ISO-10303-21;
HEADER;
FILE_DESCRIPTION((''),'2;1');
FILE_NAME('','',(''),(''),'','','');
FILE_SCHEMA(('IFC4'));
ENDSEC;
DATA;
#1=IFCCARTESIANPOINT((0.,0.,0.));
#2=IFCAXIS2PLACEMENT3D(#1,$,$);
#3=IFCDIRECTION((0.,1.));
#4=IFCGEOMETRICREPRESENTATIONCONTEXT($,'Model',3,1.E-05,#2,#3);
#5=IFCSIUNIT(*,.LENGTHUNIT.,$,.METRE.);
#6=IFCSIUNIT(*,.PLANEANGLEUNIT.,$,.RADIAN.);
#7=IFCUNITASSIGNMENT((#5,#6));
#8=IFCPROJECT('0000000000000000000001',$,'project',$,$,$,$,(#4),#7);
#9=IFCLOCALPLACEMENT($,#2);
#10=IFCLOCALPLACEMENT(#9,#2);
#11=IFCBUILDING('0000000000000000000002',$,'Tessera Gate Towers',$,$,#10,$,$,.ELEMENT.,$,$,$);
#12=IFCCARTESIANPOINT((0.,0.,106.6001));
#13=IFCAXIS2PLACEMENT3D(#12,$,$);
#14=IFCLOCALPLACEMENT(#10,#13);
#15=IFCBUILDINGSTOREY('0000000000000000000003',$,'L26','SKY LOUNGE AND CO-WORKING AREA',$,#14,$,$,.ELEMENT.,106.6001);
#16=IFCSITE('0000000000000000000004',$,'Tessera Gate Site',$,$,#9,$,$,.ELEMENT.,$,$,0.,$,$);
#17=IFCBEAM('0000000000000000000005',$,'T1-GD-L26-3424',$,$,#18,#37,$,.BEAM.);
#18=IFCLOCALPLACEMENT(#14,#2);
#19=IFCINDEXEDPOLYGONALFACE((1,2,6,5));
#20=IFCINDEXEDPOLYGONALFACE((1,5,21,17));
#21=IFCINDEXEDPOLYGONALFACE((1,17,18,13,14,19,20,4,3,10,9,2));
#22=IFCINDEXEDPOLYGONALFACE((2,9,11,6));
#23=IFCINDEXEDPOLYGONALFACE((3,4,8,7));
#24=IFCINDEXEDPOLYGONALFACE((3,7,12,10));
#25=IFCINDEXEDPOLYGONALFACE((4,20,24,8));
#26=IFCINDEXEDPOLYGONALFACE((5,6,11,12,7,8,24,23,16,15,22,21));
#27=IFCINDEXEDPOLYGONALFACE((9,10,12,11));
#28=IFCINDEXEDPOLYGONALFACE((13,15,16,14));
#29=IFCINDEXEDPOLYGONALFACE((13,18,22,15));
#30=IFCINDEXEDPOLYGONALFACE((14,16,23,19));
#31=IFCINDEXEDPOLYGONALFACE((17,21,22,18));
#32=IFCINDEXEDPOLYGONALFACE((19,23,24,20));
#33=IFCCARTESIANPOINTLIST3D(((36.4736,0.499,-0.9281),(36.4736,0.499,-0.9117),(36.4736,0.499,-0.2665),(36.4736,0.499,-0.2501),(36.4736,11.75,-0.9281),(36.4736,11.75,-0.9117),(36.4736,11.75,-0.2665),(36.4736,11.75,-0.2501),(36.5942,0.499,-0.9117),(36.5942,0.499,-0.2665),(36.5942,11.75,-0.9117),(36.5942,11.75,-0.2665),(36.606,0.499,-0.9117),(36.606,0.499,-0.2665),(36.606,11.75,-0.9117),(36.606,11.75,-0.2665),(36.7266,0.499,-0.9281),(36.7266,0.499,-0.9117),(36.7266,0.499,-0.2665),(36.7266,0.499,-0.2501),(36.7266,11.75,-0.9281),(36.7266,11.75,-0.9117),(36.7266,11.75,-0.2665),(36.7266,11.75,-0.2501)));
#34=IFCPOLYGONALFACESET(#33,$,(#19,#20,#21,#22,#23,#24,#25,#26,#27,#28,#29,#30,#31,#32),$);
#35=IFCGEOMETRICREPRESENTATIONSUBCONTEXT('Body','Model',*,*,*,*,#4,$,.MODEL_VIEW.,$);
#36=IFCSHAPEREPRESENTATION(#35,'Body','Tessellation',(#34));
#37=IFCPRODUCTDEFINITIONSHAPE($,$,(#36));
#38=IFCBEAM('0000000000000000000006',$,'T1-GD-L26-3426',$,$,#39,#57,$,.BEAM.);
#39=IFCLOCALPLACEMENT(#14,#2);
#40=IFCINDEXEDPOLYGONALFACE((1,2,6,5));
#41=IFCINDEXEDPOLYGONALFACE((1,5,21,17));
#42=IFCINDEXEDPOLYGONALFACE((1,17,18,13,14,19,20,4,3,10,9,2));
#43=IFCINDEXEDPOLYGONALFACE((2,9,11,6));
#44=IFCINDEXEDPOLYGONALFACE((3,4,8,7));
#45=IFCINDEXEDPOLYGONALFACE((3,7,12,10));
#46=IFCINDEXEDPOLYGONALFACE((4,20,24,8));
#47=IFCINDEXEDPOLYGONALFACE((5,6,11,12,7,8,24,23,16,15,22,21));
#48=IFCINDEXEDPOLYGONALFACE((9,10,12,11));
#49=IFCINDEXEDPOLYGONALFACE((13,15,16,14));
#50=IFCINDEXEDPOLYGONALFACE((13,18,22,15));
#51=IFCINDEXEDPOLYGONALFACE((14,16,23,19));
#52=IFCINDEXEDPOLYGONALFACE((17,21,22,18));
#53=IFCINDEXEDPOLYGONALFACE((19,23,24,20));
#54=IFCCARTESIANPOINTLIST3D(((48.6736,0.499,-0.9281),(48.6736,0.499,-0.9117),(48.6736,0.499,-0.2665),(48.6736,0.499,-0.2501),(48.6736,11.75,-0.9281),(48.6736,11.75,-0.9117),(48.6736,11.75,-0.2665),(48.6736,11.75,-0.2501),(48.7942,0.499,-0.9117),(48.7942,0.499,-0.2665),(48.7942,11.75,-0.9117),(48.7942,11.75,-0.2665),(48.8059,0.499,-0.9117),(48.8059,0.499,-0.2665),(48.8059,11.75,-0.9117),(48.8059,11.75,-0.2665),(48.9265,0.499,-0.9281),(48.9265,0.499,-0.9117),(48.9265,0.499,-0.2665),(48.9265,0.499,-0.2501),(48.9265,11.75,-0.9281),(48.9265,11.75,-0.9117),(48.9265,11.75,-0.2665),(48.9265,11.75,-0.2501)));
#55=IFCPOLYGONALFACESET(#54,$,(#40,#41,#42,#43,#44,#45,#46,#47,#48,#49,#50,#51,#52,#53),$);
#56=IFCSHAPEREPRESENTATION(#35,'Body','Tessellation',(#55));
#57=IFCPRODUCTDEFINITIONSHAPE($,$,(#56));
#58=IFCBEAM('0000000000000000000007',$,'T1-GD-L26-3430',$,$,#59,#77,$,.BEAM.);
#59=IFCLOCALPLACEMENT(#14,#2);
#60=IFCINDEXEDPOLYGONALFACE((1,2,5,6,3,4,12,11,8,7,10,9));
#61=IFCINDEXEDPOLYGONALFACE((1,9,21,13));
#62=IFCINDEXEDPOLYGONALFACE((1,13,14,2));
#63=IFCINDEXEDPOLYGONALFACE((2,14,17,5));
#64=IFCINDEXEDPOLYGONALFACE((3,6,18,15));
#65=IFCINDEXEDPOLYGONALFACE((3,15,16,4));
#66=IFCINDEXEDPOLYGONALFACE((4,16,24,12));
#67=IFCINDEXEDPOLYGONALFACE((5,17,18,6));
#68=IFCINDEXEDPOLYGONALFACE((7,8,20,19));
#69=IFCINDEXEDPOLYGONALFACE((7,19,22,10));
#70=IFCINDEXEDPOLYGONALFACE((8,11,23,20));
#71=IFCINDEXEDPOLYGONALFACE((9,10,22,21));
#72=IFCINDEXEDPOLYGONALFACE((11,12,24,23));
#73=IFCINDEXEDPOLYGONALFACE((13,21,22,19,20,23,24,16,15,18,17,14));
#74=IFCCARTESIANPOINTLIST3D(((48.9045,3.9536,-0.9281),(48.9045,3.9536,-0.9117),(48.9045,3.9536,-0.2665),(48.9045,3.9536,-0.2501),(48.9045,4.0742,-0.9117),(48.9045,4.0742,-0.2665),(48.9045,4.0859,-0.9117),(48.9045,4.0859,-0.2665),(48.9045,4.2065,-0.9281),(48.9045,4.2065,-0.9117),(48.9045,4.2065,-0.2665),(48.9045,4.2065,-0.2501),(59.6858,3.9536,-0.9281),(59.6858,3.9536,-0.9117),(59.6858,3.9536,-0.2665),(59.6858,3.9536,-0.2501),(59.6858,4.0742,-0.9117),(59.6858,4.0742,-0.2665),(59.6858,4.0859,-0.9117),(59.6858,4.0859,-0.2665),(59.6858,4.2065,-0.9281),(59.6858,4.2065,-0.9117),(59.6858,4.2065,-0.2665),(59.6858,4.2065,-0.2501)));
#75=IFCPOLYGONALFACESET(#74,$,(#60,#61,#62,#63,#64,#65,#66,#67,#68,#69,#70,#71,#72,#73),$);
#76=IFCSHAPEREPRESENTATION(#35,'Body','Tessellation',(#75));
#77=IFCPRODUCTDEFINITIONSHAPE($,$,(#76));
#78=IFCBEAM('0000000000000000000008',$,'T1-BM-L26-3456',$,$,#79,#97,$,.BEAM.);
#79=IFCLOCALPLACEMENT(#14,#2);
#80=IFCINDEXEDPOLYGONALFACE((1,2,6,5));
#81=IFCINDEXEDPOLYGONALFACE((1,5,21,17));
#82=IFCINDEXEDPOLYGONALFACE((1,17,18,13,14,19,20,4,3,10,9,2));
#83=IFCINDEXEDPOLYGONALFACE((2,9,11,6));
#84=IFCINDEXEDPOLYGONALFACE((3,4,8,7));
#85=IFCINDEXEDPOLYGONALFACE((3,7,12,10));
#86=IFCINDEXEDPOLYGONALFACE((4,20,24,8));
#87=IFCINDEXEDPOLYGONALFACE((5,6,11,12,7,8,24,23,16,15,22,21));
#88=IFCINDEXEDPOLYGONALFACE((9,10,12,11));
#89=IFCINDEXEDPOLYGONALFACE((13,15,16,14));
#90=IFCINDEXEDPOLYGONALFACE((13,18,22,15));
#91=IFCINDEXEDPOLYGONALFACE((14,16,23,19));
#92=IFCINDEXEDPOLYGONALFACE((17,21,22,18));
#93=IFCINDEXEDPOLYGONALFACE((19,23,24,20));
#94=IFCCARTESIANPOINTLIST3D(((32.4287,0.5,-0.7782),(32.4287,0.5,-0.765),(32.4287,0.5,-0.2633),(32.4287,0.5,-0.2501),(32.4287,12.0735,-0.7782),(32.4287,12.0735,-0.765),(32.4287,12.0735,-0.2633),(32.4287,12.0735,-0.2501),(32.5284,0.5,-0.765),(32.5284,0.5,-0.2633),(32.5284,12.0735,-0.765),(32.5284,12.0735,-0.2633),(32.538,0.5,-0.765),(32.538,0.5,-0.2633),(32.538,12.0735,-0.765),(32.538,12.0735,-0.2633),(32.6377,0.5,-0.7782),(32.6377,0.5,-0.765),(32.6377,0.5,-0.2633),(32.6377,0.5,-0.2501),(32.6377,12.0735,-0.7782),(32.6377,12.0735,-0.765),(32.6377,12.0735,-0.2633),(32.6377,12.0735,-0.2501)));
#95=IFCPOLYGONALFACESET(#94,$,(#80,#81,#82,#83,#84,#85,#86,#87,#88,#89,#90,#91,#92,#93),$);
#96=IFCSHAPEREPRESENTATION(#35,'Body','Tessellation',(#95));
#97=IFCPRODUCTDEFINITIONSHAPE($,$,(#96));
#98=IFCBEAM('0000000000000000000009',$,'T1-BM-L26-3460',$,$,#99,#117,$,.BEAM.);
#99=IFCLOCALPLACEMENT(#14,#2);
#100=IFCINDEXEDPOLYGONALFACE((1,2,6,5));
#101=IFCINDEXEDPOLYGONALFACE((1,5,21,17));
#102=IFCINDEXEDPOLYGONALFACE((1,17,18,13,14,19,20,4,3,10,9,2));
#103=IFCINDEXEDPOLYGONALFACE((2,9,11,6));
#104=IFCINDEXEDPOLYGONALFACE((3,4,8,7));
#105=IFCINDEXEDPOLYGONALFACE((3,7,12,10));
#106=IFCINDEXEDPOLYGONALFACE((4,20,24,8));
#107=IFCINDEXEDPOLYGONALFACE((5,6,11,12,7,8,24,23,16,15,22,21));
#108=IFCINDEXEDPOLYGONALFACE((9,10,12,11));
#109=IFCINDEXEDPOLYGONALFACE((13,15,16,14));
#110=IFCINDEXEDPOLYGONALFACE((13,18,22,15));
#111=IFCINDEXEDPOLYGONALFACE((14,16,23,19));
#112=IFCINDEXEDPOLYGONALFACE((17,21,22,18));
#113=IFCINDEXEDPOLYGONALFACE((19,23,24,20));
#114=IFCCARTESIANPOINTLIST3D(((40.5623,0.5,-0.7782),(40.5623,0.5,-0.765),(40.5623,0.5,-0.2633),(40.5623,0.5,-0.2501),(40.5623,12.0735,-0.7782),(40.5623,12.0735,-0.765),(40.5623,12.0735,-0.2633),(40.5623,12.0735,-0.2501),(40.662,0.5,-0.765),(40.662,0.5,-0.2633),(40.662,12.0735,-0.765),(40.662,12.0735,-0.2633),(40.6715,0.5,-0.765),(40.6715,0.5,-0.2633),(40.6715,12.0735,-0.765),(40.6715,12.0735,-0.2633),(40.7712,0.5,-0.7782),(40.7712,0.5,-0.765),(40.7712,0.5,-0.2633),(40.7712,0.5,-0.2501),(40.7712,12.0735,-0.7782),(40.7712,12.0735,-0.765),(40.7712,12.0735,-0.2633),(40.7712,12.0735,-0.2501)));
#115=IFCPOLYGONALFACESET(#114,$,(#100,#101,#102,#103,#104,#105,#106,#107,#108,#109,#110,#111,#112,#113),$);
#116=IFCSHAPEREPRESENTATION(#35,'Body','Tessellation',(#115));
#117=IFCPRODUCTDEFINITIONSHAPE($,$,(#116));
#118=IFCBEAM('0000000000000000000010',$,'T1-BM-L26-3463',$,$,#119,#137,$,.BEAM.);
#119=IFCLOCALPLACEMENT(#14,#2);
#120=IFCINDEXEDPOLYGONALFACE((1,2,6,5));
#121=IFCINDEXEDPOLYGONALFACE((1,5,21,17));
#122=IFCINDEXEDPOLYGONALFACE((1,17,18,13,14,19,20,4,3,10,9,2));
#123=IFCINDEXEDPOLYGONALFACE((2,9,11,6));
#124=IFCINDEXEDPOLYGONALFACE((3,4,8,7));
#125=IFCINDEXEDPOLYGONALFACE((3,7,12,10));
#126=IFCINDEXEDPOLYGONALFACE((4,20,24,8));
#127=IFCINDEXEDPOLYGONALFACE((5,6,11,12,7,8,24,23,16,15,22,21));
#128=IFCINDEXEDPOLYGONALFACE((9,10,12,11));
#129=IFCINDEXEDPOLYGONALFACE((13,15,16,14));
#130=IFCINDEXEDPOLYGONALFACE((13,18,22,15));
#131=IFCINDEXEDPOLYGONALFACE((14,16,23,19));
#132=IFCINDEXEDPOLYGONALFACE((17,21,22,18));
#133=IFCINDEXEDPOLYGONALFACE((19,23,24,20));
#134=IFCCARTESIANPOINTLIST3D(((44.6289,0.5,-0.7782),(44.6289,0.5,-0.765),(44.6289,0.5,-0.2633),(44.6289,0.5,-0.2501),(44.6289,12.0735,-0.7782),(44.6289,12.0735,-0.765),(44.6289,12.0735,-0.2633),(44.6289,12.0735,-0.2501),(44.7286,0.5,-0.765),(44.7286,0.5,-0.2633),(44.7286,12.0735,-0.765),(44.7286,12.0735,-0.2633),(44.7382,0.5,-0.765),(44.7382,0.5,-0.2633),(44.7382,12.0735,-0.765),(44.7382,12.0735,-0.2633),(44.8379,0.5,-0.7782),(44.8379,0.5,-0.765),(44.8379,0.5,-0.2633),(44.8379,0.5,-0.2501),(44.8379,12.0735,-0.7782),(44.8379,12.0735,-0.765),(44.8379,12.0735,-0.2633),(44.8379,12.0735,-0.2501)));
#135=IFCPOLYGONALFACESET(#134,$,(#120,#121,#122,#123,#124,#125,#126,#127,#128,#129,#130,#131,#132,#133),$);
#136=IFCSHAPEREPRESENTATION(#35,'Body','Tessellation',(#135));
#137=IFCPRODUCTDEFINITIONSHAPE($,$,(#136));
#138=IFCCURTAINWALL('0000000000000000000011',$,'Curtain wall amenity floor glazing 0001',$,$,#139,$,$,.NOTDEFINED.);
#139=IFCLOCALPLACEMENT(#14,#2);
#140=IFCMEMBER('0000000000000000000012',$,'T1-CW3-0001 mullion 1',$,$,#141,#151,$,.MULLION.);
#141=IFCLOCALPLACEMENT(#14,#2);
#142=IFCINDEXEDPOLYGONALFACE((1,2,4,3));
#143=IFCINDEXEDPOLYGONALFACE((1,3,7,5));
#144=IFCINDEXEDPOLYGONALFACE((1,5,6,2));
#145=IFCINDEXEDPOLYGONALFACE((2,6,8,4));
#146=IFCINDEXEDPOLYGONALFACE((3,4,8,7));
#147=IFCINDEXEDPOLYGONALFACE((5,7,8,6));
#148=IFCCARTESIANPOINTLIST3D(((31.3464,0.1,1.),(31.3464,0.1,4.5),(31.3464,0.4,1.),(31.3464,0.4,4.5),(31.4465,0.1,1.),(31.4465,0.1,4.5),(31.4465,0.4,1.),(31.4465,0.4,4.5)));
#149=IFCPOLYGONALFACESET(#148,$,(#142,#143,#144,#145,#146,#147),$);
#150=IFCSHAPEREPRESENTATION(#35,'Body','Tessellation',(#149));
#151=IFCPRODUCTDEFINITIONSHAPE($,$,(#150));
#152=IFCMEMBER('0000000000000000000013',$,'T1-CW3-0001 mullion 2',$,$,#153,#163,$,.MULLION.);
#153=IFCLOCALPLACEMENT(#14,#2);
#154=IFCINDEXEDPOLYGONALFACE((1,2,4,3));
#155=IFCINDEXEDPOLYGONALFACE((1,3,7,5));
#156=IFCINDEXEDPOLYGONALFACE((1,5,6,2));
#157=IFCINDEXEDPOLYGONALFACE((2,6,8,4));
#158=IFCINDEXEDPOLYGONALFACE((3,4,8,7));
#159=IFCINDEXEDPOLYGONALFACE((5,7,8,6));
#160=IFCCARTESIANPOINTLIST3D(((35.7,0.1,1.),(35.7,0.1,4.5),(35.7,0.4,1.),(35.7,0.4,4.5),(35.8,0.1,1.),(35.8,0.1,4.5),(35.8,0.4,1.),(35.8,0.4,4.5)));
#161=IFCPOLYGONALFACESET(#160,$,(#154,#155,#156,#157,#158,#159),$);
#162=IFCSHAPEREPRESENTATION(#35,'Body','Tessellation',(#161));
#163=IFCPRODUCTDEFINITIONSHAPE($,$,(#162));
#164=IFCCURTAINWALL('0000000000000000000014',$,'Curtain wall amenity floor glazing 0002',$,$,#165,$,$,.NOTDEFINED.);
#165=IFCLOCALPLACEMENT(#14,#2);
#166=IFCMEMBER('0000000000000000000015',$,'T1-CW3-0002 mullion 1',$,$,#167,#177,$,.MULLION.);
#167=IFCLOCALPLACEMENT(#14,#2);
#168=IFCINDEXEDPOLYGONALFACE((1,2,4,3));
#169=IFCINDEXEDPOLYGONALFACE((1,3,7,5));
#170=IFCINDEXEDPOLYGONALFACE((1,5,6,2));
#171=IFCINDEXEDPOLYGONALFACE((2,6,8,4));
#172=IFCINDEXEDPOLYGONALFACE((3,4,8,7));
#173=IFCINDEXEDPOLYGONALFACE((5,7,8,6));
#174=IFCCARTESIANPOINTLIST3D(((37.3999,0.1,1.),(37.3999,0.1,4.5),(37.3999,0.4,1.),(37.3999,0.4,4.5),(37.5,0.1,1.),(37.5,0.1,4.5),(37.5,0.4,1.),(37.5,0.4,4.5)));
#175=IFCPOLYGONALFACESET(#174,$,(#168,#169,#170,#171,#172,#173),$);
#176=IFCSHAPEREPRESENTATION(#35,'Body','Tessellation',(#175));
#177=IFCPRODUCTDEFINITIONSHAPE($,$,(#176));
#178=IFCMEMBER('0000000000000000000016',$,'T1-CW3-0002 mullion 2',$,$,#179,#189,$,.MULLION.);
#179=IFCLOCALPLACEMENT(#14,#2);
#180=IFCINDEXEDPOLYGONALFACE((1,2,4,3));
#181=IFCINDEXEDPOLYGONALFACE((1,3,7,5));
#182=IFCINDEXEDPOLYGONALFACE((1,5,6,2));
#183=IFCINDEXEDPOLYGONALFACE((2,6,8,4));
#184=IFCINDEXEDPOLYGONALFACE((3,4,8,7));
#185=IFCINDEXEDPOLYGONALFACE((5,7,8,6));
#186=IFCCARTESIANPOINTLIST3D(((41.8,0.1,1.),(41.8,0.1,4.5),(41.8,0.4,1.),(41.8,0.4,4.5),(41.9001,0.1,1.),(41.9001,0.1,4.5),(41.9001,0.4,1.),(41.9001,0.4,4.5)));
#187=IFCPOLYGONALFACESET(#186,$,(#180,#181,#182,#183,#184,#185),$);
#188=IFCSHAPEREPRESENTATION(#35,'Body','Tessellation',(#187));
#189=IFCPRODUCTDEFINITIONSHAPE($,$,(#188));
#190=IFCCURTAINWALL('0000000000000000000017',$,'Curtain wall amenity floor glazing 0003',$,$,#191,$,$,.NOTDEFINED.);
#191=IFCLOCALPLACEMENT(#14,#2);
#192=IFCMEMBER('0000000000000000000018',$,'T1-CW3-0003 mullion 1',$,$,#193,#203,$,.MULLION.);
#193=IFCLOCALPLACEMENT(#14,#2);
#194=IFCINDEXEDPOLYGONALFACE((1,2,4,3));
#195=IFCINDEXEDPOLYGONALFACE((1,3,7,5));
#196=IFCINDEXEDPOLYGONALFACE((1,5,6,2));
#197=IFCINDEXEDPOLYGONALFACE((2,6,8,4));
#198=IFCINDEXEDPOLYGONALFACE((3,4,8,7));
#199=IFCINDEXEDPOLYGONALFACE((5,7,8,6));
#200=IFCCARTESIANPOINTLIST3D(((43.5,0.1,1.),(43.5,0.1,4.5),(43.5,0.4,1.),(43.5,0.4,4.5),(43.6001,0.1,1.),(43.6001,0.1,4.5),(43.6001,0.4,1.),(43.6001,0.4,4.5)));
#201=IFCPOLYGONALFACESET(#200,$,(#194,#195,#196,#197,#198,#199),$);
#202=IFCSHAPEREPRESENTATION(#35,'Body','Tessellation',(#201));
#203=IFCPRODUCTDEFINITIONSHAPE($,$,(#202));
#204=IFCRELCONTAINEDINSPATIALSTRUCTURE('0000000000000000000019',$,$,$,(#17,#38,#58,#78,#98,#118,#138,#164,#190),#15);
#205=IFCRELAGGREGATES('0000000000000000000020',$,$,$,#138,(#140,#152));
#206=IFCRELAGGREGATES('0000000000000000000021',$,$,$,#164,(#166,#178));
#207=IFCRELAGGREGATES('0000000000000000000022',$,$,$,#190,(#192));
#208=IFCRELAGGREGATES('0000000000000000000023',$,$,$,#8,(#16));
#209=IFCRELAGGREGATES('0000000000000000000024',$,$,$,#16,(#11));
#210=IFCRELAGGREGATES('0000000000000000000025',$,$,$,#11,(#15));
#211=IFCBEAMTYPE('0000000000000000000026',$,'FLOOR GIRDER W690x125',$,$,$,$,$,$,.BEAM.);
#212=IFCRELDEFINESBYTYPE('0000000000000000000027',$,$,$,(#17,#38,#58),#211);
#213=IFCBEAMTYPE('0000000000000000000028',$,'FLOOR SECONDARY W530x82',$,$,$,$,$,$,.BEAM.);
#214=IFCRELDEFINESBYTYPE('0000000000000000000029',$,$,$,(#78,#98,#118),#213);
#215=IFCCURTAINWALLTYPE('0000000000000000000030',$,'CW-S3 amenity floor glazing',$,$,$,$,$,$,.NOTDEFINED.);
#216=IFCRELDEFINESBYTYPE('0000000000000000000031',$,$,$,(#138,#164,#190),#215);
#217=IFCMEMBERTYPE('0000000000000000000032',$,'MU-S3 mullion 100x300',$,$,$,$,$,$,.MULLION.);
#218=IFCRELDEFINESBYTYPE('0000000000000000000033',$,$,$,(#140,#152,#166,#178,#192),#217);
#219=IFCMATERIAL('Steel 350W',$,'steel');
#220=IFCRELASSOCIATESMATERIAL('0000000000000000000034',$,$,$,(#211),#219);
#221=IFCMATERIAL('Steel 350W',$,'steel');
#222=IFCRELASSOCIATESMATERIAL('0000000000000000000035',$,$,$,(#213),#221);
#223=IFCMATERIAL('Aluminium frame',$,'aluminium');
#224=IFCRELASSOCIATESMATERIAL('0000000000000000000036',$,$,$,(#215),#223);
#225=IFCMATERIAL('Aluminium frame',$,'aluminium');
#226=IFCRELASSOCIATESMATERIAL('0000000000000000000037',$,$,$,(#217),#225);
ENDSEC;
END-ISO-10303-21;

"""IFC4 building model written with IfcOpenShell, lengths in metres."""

from ifc_helpers import new_model, si_unit, direction, frame, origin, origin_2d, place, context, subcontext, project, spatial, rectangle, i_section, extrude, material, material_profile, profile_set, type_object, element, aggregate, save


model = new_model("IFC4")

# Units and contexts
model_context = context("Model", 3, precision=1e-05, world=origin(), true_north=direction((0.0, 1.0)))
body_context = subcontext(model_context, "Body", "Model", "MODEL_VIEW")
ifc_project = project(units=[si_unit("LENGTHUNIT", "METRE"), si_unit("PLANEANGLEUNIT", "RADIAN")], contexts=[model_context])

# Site, building, storey
site_placement = place(None, origin())
site = spatial("IfcSite", under=ifc_project, at=site_placement, Name="Tessera Gate Site", CompositionType="ELEMENT", RefElevation=0.0)
building_placement = place(site_placement, origin())
building = spatial("IfcBuilding", under=site, at=building_placement, Name="Tessera Gate Towers", CompositionType="ELEMENT")
storey_placement = place(building_placement, frame((0.0, 0.0, 106.6001)))
storey = spatial("IfcBuildingStorey", under=building, at=storey_placement, Name="L26", Description="SKY LOUNGE AND CO-WORKING AREA", CompositionType="ELEMENT", Elevation=106.6001)

# Beams
ifc_material_1 = material(Name="Steel 350W", Category="steel")
ifc_material_profile_1 = material_profile(ifc_material_1, i_section(OverallWidth=0.2529, OverallDepth=0.678, WebThickness=0.0117, FlangeThickness=0.0164, at=origin_2d()), Name="W690x125")
ifc_profile_set_1 = profile_set([ifc_material_profile_1], Name="Steel 350W")
beam_type_1 = type_object("IfcBeamType", Name="FLOOR GIRDER W690x125", PredefinedType="BEAM", material=ifc_profile_set_1)
for number, where, z_axis, x_axis, name in (
    (1, (36.6001, 0.499, -0.5891), (0.0, 1.0, 0.0), (-1.0, 0.0, 0.0), "T1-GD-L26-3424"),
    (2, (48.8, 0.499, -0.5891), (0.0, 1.0, 0.0), (-1.0, 0.0, 0.0), "T1-GD-L26-3426"),
):
    element("IfcBeam", number, at=place(storey_placement, frame(where, z_axis=z_axis, x_axis=x_axis)), inside=storey, type_object=beam_type_1, Name=name, PredefinedType="BEAM", context=body_context, shape_type="SweptSolid", body=[
        extrude(i_section(OverallWidth=0.2529, OverallDepth=0.678, WebThickness=0.0117, FlangeThickness=0.0164, at=origin_2d()), origin(), (0.0, 0.0, 1.0), 11.251),
    ])
beam_placement = place(storey_placement, frame((48.9045, 4.0801, -0.5891), z_axis=(1.0, 0.0, 0.0), x_axis=(0.0, 1.0, 0.0)))
element("IfcBeam", 3, at=beam_placement, inside=storey, type_object=beam_type_1, Name="T1-GD-L26-3430", PredefinedType="BEAM", context=body_context, shape_type="SweptSolid", body=[
    extrude(i_section(OverallWidth=0.2529, OverallDepth=0.678, WebThickness=0.0117, FlangeThickness=0.0164, at=origin_2d()), origin(), (0.0, 0.0, 1.0), 10.7812),
])
ifc_material_2 = material(Name="Steel 350W", Category="steel")
ifc_material_profile_2 = material_profile(ifc_material_2, i_section(OverallWidth=0.209, OverallDepth=0.5281, WebThickness=0.0095, FlangeThickness=0.0132, at=origin_2d()), Name="W530x82")
ifc_profile_set_2 = profile_set([ifc_material_profile_2], Name="Steel 350W")
beam_type_2 = type_object("IfcBeamType", Name="FLOOR SECONDARY W530x82", PredefinedType="BEAM", material=ifc_profile_set_2)
for number, where, z_axis, x_axis, name in (
    (4, (32.5332, 0.5, -0.5142), (0.0, 1.0, 0.0), (-1.0, 0.0, 0.0), "T1-BM-L26-3456"),
    (5, (40.6667, 0.5, -0.5142), (0.0, 1.0, 0.0), (-1.0, 0.0, 0.0), "T1-BM-L26-3460"),
    (6, (44.7334, 0.5, -0.5142), (0.0, 1.0, 0.0), (-1.0, 0.0, 0.0), "T1-BM-L26-3463"),
):
    element("IfcBeam", number, at=place(storey_placement, frame(where, z_axis=z_axis, x_axis=x_axis)), inside=storey, type_object=beam_type_2, Name=name, PredefinedType="BEAM", context=body_context, shape_type="SweptSolid", body=[
        extrude(i_section(OverallWidth=0.209, OverallDepth=0.5281, WebThickness=0.0095, FlangeThickness=0.0132, at=origin_2d()), origin(), (0.0, 0.0, 1.0), 11.5735),
    ])

# Curtain walls, members
ifc_material_3 = material(Name="Aluminium frame", Category="aluminium")
curtain_wall_type = type_object("IfcCurtainWallType", Name="CW-S3 amenity floor glazing", PredefinedType="NOTDEFINED", material=ifc_material_3)
curtain_wall_1_placement = place(storey_placement, origin())
curtain_wall_1 = element("IfcCurtainWall", 7, at=curtain_wall_1_placement, inside=storey, type_object=curtain_wall_type, Name="Curtain wall amenity floor glazing 0001", PredefinedType="NOTDEFINED")
ifc_material_4 = material(Name="Aluminium frame", Category="aluminium")
ifc_material_profile_3 = material_profile(ifc_material_4, rectangle(XDim=0.1001, YDim=0.3, at=origin_2d()), Name="AL 100x300")
ifc_profile_set_3 = profile_set([ifc_material_profile_3], Name="Aluminium frame")
member_type_1 = type_object("IfcMemberType", Name="MU-S3 mullion 100x300", PredefinedType="MULLION", material=ifc_profile_set_3)
member_1_placement = place(storey_placement, frame((31.3965, 0.25, 1.0), z_axis=(0.0, 0.0, 1.0), x_axis=(1.0, 0.0, 0.0)))
member_1 = element("IfcMember", 8, at=member_1_placement, type_object=member_type_1, Name="T1-CW3-0001 mullion 1", PredefinedType="MULLION", context=body_context, shape_type="SweptSolid", body=[
    extrude(rectangle(XDim=0.1001, YDim=0.3, at=origin_2d()), origin(), (0.0, 0.0, 1.0), 3.5),
])
member_2_placement = place(storey_placement, frame((35.75, 0.25, 1.0), z_axis=(0.0, 0.0, 1.0), x_axis=(1.0, 0.0, 0.0)))
member_2 = element("IfcMember", 9, at=member_2_placement, type_object=member_type_1, Name="T1-CW3-0001 mullion 2", PredefinedType="MULLION", context=body_context, shape_type="SweptSolid", body=[
    extrude(rectangle(XDim=0.1001, YDim=0.3, at=origin_2d()), origin(), (0.0, 0.0, 1.0), 3.5),
])
curtain_wall_2_placement = place(storey_placement, origin())
curtain_wall_2 = element("IfcCurtainWall", 10, at=curtain_wall_2_placement, inside=storey, type_object=curtain_wall_type, Name="Curtain wall amenity floor glazing 0002", PredefinedType="NOTDEFINED")
member_3_placement = place(storey_placement, frame((37.45, 0.25, 1.0), z_axis=(0.0, 0.0, 1.0), x_axis=(1.0, 0.0, 0.0)))
member_3 = element("IfcMember", 11, at=member_3_placement, type_object=member_type_1, Name="T1-CW3-0002 mullion 1", PredefinedType="MULLION", context=body_context, shape_type="SweptSolid", body=[
    extrude(rectangle(XDim=0.1001, YDim=0.3, at=origin_2d()), origin(), (0.0, 0.0, 1.0), 3.5),
])
member_4_placement = place(storey_placement, frame((41.8501, 0.25, 1.0), z_axis=(0.0, 0.0, 1.0), x_axis=(1.0, 0.0, 0.0)))
member_4 = element("IfcMember", 12, at=member_4_placement, type_object=member_type_1, Name="T1-CW3-0002 mullion 2", PredefinedType="MULLION", context=body_context, shape_type="SweptSolid", body=[
    extrude(rectangle(XDim=0.1001, YDim=0.3, at=origin_2d()), origin(), (0.0, 0.0, 1.0), 3.5),
])
curtain_wall_3_placement = place(storey_placement, origin())
curtain_wall_3 = element("IfcCurtainWall", 13, at=curtain_wall_3_placement, inside=storey, type_object=curtain_wall_type, Name="Curtain wall amenity floor glazing 0003", PredefinedType="NOTDEFINED")
member_5_placement = place(storey_placement, frame((43.55, 0.25, 1.0), z_axis=(0.0, 0.0, 1.0), x_axis=(1.0, 0.0, 0.0)))
member_5 = element("IfcMember", 14, at=member_5_placement, type_object=member_type_1, Name="T1-CW3-0003 mullion 1", PredefinedType="MULLION", context=body_context, shape_type="SweptSolid", body=[
    extrude(rectangle(XDim=0.1001, YDim=0.3, at=origin_2d()), origin(), (0.0, 0.0, 1.0), 3.5),
])

aggregate(curtain_wall_1, [member_1, member_2])
aggregate(curtain_wall_2, [member_3, member_4])
aggregate(curtain_wall_3, [member_5])

save(model, "model.ifc")
